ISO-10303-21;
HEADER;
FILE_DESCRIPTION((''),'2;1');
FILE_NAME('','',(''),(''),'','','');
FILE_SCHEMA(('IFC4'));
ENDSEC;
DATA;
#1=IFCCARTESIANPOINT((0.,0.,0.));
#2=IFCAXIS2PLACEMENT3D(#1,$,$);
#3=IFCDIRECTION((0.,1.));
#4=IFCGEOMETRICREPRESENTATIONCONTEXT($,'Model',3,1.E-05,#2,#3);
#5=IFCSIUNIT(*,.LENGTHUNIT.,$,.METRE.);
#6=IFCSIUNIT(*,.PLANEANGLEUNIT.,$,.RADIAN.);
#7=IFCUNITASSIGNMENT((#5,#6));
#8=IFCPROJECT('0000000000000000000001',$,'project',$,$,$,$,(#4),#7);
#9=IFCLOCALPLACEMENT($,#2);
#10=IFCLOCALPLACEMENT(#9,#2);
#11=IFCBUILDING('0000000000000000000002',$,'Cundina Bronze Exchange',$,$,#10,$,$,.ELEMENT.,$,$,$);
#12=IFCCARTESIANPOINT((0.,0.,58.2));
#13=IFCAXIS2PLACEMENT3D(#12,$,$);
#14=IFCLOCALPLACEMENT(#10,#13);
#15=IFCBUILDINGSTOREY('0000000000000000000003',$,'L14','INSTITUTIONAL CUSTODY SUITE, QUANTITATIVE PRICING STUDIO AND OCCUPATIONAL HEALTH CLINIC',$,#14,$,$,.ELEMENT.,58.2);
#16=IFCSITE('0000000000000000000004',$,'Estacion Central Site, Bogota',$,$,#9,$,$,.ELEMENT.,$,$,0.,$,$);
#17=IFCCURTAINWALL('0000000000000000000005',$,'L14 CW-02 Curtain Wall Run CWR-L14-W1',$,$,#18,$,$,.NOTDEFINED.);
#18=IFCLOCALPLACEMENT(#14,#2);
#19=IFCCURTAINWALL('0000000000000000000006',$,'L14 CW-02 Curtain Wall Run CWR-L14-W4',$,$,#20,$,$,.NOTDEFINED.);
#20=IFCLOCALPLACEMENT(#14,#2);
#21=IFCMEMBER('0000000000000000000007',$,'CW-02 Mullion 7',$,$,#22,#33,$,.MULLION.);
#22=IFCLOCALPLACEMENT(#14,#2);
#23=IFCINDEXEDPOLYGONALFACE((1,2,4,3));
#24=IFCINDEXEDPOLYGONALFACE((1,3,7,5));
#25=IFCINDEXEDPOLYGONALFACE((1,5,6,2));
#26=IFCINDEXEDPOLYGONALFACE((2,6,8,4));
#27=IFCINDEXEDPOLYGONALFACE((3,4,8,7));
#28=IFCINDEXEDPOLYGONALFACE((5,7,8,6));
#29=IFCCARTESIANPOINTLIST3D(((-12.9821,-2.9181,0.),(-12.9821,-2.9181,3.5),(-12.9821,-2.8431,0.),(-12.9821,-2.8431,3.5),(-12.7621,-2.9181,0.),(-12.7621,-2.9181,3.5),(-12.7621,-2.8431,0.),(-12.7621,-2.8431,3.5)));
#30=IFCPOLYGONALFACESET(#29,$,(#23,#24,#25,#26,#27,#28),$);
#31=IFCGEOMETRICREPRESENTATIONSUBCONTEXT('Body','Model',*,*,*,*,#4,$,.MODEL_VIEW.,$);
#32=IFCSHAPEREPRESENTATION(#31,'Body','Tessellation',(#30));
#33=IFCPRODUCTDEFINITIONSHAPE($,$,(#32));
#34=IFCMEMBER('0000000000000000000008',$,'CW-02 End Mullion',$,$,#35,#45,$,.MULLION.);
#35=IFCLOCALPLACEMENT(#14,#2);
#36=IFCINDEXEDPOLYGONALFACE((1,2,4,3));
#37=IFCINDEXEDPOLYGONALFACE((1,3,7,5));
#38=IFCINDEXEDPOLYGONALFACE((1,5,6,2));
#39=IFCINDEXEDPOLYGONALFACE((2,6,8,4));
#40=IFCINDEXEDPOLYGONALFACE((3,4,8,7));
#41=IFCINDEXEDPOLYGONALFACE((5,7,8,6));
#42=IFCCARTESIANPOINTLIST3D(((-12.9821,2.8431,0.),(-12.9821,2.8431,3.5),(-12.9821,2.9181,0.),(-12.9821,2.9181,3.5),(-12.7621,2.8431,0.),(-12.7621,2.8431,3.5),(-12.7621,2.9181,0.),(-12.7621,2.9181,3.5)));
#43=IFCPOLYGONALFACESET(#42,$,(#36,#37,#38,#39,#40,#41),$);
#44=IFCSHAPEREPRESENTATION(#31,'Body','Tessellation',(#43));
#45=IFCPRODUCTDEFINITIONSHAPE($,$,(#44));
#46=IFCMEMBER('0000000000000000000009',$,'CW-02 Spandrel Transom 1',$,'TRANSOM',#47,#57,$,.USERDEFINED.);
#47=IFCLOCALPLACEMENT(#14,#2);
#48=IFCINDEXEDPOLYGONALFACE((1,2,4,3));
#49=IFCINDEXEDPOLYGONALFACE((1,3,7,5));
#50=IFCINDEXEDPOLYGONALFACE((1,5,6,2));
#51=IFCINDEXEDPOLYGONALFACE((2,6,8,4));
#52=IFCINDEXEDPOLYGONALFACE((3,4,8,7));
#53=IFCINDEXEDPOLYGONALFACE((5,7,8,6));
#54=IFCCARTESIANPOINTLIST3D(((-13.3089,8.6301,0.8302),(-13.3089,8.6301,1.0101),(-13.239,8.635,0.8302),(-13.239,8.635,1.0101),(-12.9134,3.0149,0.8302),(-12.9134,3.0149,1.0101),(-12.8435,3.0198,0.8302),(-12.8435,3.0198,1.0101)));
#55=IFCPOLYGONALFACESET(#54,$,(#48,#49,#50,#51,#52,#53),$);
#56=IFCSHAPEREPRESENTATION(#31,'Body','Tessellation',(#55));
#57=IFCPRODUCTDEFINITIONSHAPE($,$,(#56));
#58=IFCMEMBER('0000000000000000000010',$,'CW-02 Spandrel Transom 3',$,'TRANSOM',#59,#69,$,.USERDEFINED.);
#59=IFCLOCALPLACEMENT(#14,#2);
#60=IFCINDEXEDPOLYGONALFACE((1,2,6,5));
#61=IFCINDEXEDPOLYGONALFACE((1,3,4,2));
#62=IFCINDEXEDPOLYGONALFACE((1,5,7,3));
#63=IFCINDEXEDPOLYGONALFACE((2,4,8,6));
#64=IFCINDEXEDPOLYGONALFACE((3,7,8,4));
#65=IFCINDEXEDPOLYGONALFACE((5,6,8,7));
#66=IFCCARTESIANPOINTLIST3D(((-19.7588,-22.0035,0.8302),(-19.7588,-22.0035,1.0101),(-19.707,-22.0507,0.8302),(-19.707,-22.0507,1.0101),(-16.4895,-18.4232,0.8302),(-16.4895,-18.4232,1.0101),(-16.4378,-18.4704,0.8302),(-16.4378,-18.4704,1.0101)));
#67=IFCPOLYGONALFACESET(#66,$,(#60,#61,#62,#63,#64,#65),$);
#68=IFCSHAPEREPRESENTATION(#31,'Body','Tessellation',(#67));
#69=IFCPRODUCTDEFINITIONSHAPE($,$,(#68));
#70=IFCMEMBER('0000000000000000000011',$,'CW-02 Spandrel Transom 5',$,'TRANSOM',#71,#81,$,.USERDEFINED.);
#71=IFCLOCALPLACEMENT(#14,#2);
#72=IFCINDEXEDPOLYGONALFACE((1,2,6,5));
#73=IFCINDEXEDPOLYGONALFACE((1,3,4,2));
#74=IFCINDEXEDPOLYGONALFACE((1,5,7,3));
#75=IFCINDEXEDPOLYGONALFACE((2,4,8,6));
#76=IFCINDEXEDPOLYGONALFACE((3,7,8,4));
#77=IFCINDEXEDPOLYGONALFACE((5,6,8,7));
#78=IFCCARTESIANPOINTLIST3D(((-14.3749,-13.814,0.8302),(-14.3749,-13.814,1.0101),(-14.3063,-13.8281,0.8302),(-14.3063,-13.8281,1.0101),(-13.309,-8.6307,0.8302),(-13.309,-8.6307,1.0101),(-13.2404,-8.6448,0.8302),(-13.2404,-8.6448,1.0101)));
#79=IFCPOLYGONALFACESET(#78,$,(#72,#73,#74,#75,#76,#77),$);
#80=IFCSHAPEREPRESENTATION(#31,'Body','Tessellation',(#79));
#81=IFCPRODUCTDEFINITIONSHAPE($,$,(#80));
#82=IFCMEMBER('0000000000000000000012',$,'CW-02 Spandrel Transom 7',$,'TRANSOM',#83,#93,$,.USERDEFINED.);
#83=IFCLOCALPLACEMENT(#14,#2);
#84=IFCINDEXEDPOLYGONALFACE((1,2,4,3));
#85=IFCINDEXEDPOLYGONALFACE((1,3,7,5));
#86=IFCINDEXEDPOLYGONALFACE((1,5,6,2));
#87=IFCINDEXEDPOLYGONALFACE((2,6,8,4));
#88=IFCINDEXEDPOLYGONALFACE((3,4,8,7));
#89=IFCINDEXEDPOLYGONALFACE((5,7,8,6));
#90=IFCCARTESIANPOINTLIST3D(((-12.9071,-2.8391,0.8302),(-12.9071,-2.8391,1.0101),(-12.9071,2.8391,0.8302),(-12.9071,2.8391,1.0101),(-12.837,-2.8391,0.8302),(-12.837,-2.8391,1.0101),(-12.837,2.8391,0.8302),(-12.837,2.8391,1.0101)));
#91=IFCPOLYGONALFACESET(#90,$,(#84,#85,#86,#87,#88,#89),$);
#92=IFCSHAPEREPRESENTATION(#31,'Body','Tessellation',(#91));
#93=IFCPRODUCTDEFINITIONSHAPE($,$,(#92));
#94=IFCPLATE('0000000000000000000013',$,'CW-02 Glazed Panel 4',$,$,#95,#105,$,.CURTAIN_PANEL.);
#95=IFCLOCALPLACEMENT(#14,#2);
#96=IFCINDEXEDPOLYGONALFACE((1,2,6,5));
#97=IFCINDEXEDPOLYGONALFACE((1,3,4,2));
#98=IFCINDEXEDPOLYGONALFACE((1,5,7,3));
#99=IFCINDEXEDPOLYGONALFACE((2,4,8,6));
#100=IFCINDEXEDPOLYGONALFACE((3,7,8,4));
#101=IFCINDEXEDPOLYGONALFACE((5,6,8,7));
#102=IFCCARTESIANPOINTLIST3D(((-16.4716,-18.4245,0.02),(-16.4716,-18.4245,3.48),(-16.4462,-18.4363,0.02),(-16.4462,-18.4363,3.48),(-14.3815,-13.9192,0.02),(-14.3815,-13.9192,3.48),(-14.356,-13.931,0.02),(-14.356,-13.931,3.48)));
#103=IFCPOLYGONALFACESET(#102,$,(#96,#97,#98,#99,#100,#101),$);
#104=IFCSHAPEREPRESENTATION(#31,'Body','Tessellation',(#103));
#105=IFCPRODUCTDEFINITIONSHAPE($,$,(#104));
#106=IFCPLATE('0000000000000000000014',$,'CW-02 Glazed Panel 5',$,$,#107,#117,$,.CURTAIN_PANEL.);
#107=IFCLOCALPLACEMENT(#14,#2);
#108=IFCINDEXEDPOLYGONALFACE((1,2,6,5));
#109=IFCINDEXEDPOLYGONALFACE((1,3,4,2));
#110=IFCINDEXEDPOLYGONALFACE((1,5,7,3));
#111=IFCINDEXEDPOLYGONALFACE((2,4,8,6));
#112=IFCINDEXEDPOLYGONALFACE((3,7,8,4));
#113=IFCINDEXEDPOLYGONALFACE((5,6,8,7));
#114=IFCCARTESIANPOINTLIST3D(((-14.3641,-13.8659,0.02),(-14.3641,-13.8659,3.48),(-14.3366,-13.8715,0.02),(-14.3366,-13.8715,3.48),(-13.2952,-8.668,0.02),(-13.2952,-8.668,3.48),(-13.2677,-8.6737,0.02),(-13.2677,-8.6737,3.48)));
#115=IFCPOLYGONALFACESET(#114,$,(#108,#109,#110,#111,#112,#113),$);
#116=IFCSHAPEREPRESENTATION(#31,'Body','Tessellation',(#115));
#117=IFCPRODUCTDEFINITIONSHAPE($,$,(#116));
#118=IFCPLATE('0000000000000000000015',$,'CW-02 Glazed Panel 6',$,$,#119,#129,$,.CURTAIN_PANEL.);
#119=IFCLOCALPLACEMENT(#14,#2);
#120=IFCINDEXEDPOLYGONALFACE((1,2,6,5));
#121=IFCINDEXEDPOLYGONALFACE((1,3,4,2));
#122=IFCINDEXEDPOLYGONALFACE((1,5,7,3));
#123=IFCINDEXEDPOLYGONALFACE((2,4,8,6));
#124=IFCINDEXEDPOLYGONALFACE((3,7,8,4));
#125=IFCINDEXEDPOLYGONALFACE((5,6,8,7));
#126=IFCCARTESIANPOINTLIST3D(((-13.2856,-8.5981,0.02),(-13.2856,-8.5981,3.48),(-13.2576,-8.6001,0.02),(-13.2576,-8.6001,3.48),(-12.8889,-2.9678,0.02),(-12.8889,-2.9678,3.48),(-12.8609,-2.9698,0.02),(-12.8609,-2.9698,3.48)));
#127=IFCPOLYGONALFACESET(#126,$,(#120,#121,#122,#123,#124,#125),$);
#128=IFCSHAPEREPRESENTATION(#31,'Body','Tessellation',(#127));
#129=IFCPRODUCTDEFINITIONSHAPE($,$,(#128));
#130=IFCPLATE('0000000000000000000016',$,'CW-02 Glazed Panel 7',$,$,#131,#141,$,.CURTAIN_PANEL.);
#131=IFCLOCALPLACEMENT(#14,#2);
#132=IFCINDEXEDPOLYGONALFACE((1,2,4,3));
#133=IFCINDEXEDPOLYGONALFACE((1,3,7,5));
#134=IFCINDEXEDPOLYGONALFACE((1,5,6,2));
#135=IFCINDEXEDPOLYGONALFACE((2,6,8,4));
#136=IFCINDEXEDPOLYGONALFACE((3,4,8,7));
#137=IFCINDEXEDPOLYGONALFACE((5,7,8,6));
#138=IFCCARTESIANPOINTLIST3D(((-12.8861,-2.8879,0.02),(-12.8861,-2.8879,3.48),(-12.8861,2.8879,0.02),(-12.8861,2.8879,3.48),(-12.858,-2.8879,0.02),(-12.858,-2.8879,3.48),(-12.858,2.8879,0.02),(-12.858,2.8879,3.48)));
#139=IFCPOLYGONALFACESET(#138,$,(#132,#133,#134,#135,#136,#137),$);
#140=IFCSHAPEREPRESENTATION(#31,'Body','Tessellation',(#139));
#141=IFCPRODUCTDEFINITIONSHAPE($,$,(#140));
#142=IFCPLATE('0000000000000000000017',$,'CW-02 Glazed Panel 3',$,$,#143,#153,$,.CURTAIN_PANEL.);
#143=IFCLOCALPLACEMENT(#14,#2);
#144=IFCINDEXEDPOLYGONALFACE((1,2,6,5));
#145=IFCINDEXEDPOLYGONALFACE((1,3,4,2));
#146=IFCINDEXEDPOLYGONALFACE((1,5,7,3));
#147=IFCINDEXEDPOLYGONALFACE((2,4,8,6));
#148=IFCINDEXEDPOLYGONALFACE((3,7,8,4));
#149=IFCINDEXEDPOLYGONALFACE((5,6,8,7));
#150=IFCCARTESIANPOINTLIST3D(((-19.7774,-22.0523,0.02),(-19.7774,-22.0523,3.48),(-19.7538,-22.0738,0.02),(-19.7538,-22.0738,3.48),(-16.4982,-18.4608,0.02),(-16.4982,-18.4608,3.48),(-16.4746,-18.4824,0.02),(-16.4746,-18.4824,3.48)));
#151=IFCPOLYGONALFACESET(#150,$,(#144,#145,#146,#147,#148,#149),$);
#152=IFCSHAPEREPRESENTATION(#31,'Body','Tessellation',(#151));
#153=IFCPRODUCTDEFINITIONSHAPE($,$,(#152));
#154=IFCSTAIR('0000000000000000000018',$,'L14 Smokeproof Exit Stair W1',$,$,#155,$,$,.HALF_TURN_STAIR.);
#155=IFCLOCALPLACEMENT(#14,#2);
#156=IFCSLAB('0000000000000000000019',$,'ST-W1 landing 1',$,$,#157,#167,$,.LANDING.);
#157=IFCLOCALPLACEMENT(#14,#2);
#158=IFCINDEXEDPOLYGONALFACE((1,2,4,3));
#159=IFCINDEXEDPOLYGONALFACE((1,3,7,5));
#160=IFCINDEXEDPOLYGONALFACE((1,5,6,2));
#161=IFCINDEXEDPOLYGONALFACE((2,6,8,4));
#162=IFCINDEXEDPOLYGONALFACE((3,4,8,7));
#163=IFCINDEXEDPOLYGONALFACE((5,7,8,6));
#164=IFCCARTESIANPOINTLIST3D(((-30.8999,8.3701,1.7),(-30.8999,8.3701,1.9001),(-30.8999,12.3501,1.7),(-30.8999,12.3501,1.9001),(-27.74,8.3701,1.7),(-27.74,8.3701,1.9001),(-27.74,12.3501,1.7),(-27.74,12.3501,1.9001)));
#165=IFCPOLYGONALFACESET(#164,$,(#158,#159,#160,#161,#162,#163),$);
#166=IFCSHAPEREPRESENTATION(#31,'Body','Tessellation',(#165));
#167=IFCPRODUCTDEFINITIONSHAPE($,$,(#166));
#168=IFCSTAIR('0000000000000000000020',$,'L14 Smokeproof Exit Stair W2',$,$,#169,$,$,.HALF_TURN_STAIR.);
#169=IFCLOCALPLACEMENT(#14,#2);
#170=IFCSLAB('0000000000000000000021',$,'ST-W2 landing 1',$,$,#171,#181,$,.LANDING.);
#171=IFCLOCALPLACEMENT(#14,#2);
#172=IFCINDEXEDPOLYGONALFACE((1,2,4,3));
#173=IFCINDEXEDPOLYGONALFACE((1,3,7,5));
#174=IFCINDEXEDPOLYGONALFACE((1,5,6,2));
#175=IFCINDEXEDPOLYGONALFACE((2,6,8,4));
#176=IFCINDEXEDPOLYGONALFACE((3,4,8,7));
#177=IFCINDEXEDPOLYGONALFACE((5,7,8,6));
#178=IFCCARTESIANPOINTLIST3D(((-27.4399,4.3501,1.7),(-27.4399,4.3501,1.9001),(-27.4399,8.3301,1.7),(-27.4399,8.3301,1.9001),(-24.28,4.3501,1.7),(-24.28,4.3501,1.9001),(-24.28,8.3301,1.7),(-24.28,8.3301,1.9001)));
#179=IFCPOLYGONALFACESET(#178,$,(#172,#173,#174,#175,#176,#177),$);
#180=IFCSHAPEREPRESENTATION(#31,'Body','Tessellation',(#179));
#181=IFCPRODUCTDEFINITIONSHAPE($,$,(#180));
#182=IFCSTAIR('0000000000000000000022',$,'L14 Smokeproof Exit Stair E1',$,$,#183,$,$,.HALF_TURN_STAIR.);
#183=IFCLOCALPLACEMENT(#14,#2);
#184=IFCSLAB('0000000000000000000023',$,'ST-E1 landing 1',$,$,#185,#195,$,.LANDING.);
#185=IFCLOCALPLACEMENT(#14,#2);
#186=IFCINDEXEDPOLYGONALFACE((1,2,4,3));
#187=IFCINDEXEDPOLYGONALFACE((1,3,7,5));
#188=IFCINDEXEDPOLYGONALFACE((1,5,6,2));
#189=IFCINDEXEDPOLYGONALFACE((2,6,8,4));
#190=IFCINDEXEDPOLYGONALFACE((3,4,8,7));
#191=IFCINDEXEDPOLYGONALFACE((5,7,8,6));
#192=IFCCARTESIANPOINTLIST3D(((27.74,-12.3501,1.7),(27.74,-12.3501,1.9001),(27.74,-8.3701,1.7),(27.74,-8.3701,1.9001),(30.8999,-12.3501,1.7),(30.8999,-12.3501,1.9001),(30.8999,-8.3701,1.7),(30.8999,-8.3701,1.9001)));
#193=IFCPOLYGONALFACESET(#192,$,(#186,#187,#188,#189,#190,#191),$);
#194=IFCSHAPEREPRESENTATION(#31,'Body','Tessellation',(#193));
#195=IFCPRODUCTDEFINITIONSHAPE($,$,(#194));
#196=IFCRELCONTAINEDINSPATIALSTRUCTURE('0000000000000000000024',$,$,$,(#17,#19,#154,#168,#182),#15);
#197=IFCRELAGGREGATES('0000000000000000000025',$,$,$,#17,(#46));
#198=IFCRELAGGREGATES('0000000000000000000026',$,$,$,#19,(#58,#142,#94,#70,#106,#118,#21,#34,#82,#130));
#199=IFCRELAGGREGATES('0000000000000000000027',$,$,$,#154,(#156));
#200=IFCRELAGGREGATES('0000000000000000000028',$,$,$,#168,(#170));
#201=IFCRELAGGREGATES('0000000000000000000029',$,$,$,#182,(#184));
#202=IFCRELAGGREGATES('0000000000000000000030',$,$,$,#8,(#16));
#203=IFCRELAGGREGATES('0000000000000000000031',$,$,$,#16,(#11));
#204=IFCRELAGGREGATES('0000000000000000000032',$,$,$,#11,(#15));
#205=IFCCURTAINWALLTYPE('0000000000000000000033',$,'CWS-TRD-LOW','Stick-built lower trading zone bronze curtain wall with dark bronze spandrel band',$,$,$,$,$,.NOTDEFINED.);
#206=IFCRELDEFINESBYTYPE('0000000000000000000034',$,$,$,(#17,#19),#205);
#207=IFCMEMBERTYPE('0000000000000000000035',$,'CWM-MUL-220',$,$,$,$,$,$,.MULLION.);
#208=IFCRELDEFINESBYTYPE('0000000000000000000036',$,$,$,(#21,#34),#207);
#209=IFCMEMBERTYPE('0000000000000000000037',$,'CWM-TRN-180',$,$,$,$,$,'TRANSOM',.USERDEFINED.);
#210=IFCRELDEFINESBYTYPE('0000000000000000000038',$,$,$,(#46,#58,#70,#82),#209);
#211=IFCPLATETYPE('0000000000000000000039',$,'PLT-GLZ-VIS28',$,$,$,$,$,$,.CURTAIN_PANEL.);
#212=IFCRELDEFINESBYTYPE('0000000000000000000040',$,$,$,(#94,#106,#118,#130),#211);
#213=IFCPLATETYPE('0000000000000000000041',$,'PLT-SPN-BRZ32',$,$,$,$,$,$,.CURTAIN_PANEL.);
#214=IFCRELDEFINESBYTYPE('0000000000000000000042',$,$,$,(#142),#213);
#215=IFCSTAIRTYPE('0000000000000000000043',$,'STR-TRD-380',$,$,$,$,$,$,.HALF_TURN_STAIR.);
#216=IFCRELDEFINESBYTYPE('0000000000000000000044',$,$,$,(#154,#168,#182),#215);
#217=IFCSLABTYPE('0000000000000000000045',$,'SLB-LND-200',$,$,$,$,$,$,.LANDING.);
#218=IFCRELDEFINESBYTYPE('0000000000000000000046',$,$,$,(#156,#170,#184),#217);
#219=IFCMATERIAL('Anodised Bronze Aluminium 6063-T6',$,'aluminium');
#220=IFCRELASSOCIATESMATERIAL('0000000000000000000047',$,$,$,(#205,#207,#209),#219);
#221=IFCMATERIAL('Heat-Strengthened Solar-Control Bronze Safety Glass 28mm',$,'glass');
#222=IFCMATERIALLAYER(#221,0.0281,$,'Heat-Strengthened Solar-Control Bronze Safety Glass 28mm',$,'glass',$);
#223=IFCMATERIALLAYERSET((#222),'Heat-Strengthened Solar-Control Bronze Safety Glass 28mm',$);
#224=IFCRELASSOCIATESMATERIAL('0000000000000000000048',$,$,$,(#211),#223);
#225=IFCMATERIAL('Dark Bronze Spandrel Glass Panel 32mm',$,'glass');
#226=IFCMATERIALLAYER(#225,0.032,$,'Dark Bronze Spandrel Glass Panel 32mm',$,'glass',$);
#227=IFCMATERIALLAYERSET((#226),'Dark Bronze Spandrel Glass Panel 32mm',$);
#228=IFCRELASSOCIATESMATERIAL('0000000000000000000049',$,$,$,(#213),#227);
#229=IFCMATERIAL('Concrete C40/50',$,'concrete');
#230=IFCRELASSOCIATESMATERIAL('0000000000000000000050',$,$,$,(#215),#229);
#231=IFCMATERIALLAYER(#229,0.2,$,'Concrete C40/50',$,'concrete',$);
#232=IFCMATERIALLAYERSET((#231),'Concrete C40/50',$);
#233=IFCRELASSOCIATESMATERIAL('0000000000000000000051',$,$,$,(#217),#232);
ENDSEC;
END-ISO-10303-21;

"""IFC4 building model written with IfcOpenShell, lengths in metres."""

from ifc_helpers import new_model, si_unit, direction, frame, origin, origin_2d, place, context, subcontext, project, spatial, polyline, rectangle, outline, extrude, material, layer, layer_set, material_profile, profile_set, type_object, element, aggregate, save


model = new_model("IFC4")

# Units and contexts
model_context = context("Model", 3, precision=1e-05, world=origin(), true_north=direction((0.0, 1.0)))
body_context = subcontext(model_context, "Body", "Model", "MODEL_VIEW")
ifc_project = project(units=[si_unit("LENGTHUNIT", "METRE"), si_unit("PLANEANGLEUNIT", "RADIAN")], contexts=[model_context])

# Site, building, storey
site_placement = place(None, origin())
site = spatial("IfcSite", under=ifc_project, at=site_placement, Name="Estacion Central Site, Bogota", CompositionType="ELEMENT", RefElevation=0.0)
building_placement = place(site_placement, origin())
building = spatial("IfcBuilding", under=site, at=building_placement, Name="Cundina Bronze Exchange", CompositionType="ELEMENT")
storey_placement = place(building_placement, frame((0.0, 0.0, 58.2)))
storey = spatial("IfcBuildingStorey", under=building, at=storey_placement, Name="L14", Description="INSTITUTIONAL CUSTODY SUITE, QUANTITATIVE PRICING STUDIO AND OCCUPATIONAL HEALTH CLINIC", CompositionType="ELEMENT", Elevation=58.2)

# Curtain wall
ifc_material_1 = material(Name="Anodised Bronze Aluminium 6063-T6", Category="aluminium")
curtain_wall_type = type_object("IfcCurtainWallType", Name="CWS-TRD-LOW", Description="Stick-built lower trading zone bronze curtain wall with dark bronze spandrel band", PredefinedType="NOTDEFINED", material=ifc_material_1)
curtain_wall_1_placement = place(storey_placement, origin())
curtain_wall_1 = element("IfcCurtainWall", 1, at=curtain_wall_1_placement, inside=storey, type_object=curtain_wall_type, Name="L14 CW-02 Curtain Wall Run CWR-L14-W1", PredefinedType="NOTDEFINED")
ifc_material_profile_1 = material_profile(ifc_material_1, rectangle(XDim=0.075, YDim=0.22, at=origin_2d()), Name="AL75X220", Category="aluminium")
ifc_profile_set_1 = profile_set([ifc_material_profile_1], Name="Anodised Bronze Aluminium 6063-T6")
member_type_1 = type_object("IfcMemberType", Name="CWM-MUL-220", PredefinedType="MULLION", material=ifc_profile_set_1)

# Curtain wall, members
curtain_wall_2_placement = place(storey_placement, origin())
curtain_wall_2 = element("IfcCurtainWall", 2, at=curtain_wall_2_placement, inside=storey, type_object=curtain_wall_type, Name="L14 CW-02 Curtain Wall Run CWR-L14-W4", PredefinedType="NOTDEFINED")
member_1_placement = place(storey_placement, frame((-12.8721, -2.8806, 0.0), z_axis=(0.0, 0.0, 1.0), x_axis=(0.0, 1.0, 0.0)))
member_1 = element("IfcMember", 3, at=member_1_placement, type_object=member_type_1, Name="CW-02 Mullion 7", PredefinedType="MULLION", context=body_context, shape_type="SweptSolid", body=[
    extrude(rectangle(XDim=0.075, YDim=0.22, at=origin_2d()), origin(), (0.0, 0.0, 1.0), 3.5),
])
member_2_placement = place(storey_placement, frame((-12.8721, 2.8806, 0.0), z_axis=(0.0, 0.0, 1.0), x_axis=(0.0, 1.0, 0.0)))
member_2 = element("IfcMember", 4, at=member_2_placement, type_object=member_type_1, Name="CW-02 End Mullion", PredefinedType="MULLION", context=body_context, shape_type="SweptSolid", body=[
    extrude(rectangle(XDim=0.075, YDim=0.22, at=origin_2d()), origin(), (0.0, 0.0, 1.0), 3.5),
])

# Members
ifc_material_profile_2 = material_profile(ifc_material_1, rectangle(XDim=0.0701, YDim=0.1799, at=origin_2d()), Name="AL70X180", Category="aluminium")
ifc_profile_set_2 = profile_set([ifc_material_profile_2], Name="Anodised Bronze Aluminium 6063-T6")
member_type_2 = type_object("IfcMemberType", Name="CWM-TRN-180", ElementType="TRANSOM", PredefinedType="USERDEFINED", material=ifc_profile_set_2)
member_3_placement = place(storey_placement, frame((-12.8784, 3.0173, 0.9202), z_axis=(-0.070261, 0.997529, 0.0), x_axis=(-0.997529, -0.070261, 0.0)))
member_3 = element("IfcMember", 5, at=member_3_placement, type_object=member_type_2, Name="CW-02 Spandrel Transom 1", ObjectType="TRANSOM", PredefinedType="USERDEFINED", context=body_context, shape_type="SweptSolid", body=[
    extrude(rectangle(XDim=0.0701, YDim=0.1799, at=origin_2d()), origin(), (0.0, 0.0, 1.0), 5.6292),
])
aggregate(curtain_wall_1, [member_3])
member_4_placement = place(storey_placement, frame((-19.7329, -22.0271, 0.9202), z_axis=(0.674303, 0.738455, 0.0), x_axis=(-0.738455, 0.674303, 0.0)))
member_4 = element("IfcMember", 6, at=member_4_placement, type_object=member_type_2, Name="CW-02 Spandrel Transom 3", ObjectType="TRANSOM", PredefinedType="USERDEFINED", context=body_context, shape_type="SweptSolid", body=[
    extrude(rectangle(XDim=0.0701, YDim=0.1799, at=origin_2d()), origin(), (0.0, 0.0, 1.0), 4.8484),
])
member_5_placement = place(storey_placement, frame((-14.3406, -13.821, 0.9202), z_axis=(0.201428, 0.979503, 0.0), x_axis=(-0.979503, 0.201428, 0.0)))
member_5 = element("IfcMember", 7, at=member_5_placement, type_object=member_type_2, Name="CW-02 Spandrel Transom 5", ObjectType="TRANSOM", PredefinedType="USERDEFINED", context=body_context, shape_type="SweptSolid", body=[
    extrude(rectangle(XDim=0.0701, YDim=0.1799, at=origin_2d()), origin(), (0.0, 0.0, 1.0), 5.2917),
])
member_6_placement = place(storey_placement, frame((-12.8721, -2.8391, 0.9202), z_axis=(0.0, 1.0, 0.0), x_axis=(-1.0, 0.0, 0.0)))
member_6 = element("IfcMember", 8, at=member_6_placement, type_object=member_type_2, Name="CW-02 Spandrel Transom 7", ObjectType="TRANSOM", PredefinedType="USERDEFINED", context=body_context, shape_type="SweptSolid", body=[
    extrude(rectangle(XDim=0.0701, YDim=0.1799, at=origin_2d()), origin(), (0.0, 0.0, 1.0), 5.6782),
])

# Plates
ifc_material_2 = material(Name="Heat-Strengthened Solar-Control Bronze Safety Glass 28mm", Category="glass")
ifc_layer_1 = layer(ifc_material_2, 0.0281, Name="Heat-Strengthened Solar-Control Bronze Safety Glass 28mm", Category="glass")
ifc_layer_set_1 = layer_set([ifc_layer_1], Name="Heat-Strengthened Solar-Control Bronze Safety Glass 28mm")
plate_type_1 = type_object("IfcPlateType", Name="PLT-GLZ-VIS28", PredefinedType="CURTAIN_PANEL", material=ifc_layer_set_1)
plate_1_placement = place(storey_placement, frame((-15.4138, -16.1777, 0.02), z_axis=(0.0, 0.0, 1.0), x_axis=(0.420846, 0.907132, 0.0)))
plate_1 = element("IfcPlate", 9, at=plate_1_placement, type_object=plate_type_1, Name="CW-02 Glazed Panel 4", PredefinedType="CURTAIN_PANEL", context=body_context, shape_type="SweptSolid", body=[
    extrude(rectangle(XDim=4.9666, YDim=0.0281, at=origin_2d()), origin(), (0.0, 0.0, 1.0), 3.46),
])
plate_2_placement = place(storey_placement, frame((-13.8159, -11.2698, 0.02), z_axis=(0.0, 0.0, 1.0), x_axis=(0.20142, 0.979505, 0.0)))
plate_2 = element("IfcPlate", 10, at=plate_2_placement, type_object=plate_type_1, Name="CW-02 Glazed Panel 5", PredefinedType="CURTAIN_PANEL", context=body_context, shape_type="SweptSolid", body=[
    extrude(rectangle(XDim=5.3066, YDim=0.0281, at=origin_2d()), origin(), (0.0, 0.0, 1.0), 3.46),
])
plate_3_placement = place(storey_placement, frame((-13.0732, -5.7839, 0.02), z_axis=(0.0, 0.0, 1.0), x_axis=(0.070279, 0.997527, 0.0)))
plate_3 = element("IfcPlate", 11, at=plate_3_placement, type_object=plate_type_1, Name="CW-02 Glazed Panel 6", PredefinedType="CURTAIN_PANEL", context=body_context, shape_type="SweptSolid", body=[
    extrude(rectangle(XDim=5.6443, YDim=0.0281, at=origin_2d()), origin(), (0.0, 0.0, 1.0), 3.46),
])
plate_4_placement = place(storey_placement, frame((-12.8721, 0.0, 0.02), z_axis=(0.0, 0.0, 1.0), x_axis=(0.0, 1.0, 0.0)))
plate_4 = element("IfcPlate", 12, at=plate_4_placement, type_object=plate_type_1, Name="CW-02 Glazed Panel 7", PredefinedType="CURTAIN_PANEL", context=body_context, shape_type="SweptSolid", body=[
    extrude(rectangle(XDim=5.7759, YDim=0.0281, at=origin_2d()), origin(), (0.0, 0.0, 1.0), 3.46),
])
ifc_material_3 = material(Name="Dark Bronze Spandrel Glass Panel 32mm", Category="glass")
ifc_layer_2 = layer(ifc_material_3, 0.032, Name="Dark Bronze Spandrel Glass Panel 32mm", Category="glass")
ifc_layer_set_2 = layer_set([ifc_layer_2], Name="Dark Bronze Spandrel Glass Panel 32mm")
plate_type_2 = type_object("IfcPlateType", Name="PLT-SPN-BRZ32", PredefinedType="CURTAIN_PANEL", material=ifc_layer_set_2)
plate_5_placement = place(storey_placement, frame((-18.126, -20.2673, 0.02), z_axis=(0.0, 0.0, 1.0), x_axis=(0.674277, 0.738479, 0.0)))
plate_5 = element("IfcPlate", 13, at=plate_5_placement, type_object=plate_type_2, Name="CW-02 Glazed Panel 3", PredefinedType="CURTAIN_PANEL", context=body_context, shape_type="SweptSolid", body=[
    extrude(rectangle(XDim=4.8633, YDim=0.032, at=origin_2d()), origin(), (0.0, 0.0, 1.0), 3.46),
])
aggregate(curtain_wall_2, [member_4, plate_5, plate_1, member_5, plate_2, plate_3, member_1, member_2, member_6, plate_4])

# Stairs, slabs
ifc_material_4 = material(Name="Concrete C40/50", Category="concrete")
stair_type = type_object("IfcStairType", Name="STR-TRD-380", PredefinedType="HALF_TURN_STAIR", material=ifc_material_4)
stair_1_placement = place(storey_placement, origin())
stair_1 = element("IfcStair", 14, at=stair_1_placement, inside=storey, type_object=stair_type, Name="L14 Smokeproof Exit Stair W1", PredefinedType="HALF_TURN_STAIR")
ifc_layer_3 = layer(ifc_material_4, 0.2, Name="Concrete C40/50", Category="concrete")
ifc_layer_set_3 = layer_set([ifc_layer_3], Name="Concrete C40/50")
slab_type_1 = type_object("IfcSlabType", Name="SLB-LND-200", PredefinedType="LANDING", material=ifc_layer_set_3)
slab_1_placement = place(storey_placement, frame((0.0, 0.0, 1.7)))
slab_1 = element("IfcSlab", 15, at=slab_1_placement, type_object=slab_type_1, Name="ST-W1 landing 1", PredefinedType="LANDING", context=body_context, shape_type="SweptSolid", body=[
    extrude(outline(polyline([(-27.74, 8.3701), (-27.74, 12.3501), (-30.8999, 12.3501), (-30.8999, 8.3701), (-27.74, 8.3701)])), origin(), (0.0, 0.0, 1.0), 0.2002),
])
aggregate(stair_1, [slab_1])
stair_2_placement = place(storey_placement, origin())
stair_2 = element("IfcStair", 16, at=stair_2_placement, inside=storey, type_object=stair_type, Name="L14 Smokeproof Exit Stair W2", PredefinedType="HALF_TURN_STAIR")
slab_2_placement = place(storey_placement, frame((0.0, 0.0, 1.7)))
slab_2 = element("IfcSlab", 17, at=slab_2_placement, type_object=slab_type_1, Name="ST-W2 landing 1", PredefinedType="LANDING", context=body_context, shape_type="SweptSolid", body=[
    extrude(outline(polyline([(-27.4399, 8.3301), (-27.4399, 4.3501), (-24.28, 4.3501), (-24.28, 8.3301), (-27.4399, 8.3301)])), origin(), (0.0, 0.0, 1.0), 0.2002),
])
aggregate(stair_2, [slab_2])
stair_3_placement = place(storey_placement, origin())
stair_3 = element("IfcStair", 18, at=stair_3_placement, inside=storey, type_object=stair_type, Name="L14 Smokeproof Exit Stair E1", PredefinedType="HALF_TURN_STAIR")
slab_3_placement = place(storey_placement, frame((0.0, 0.0, 1.7)))
slab_3 = element("IfcSlab", 19, at=slab_3_placement, type_object=slab_type_1, Name="ST-E1 landing 1", PredefinedType="LANDING", context=body_context, shape_type="SweptSolid", body=[
    extrude(outline(polyline([(27.74, -8.3701), (27.74, -12.3501), (30.8999, -12.3501), (30.8999, -8.3701), (27.74, -8.3701)])), origin(), (0.0, 0.0, 1.0), 0.2002),
])
aggregate(stair_3, [slab_3])

save(model, "model.ifc")
